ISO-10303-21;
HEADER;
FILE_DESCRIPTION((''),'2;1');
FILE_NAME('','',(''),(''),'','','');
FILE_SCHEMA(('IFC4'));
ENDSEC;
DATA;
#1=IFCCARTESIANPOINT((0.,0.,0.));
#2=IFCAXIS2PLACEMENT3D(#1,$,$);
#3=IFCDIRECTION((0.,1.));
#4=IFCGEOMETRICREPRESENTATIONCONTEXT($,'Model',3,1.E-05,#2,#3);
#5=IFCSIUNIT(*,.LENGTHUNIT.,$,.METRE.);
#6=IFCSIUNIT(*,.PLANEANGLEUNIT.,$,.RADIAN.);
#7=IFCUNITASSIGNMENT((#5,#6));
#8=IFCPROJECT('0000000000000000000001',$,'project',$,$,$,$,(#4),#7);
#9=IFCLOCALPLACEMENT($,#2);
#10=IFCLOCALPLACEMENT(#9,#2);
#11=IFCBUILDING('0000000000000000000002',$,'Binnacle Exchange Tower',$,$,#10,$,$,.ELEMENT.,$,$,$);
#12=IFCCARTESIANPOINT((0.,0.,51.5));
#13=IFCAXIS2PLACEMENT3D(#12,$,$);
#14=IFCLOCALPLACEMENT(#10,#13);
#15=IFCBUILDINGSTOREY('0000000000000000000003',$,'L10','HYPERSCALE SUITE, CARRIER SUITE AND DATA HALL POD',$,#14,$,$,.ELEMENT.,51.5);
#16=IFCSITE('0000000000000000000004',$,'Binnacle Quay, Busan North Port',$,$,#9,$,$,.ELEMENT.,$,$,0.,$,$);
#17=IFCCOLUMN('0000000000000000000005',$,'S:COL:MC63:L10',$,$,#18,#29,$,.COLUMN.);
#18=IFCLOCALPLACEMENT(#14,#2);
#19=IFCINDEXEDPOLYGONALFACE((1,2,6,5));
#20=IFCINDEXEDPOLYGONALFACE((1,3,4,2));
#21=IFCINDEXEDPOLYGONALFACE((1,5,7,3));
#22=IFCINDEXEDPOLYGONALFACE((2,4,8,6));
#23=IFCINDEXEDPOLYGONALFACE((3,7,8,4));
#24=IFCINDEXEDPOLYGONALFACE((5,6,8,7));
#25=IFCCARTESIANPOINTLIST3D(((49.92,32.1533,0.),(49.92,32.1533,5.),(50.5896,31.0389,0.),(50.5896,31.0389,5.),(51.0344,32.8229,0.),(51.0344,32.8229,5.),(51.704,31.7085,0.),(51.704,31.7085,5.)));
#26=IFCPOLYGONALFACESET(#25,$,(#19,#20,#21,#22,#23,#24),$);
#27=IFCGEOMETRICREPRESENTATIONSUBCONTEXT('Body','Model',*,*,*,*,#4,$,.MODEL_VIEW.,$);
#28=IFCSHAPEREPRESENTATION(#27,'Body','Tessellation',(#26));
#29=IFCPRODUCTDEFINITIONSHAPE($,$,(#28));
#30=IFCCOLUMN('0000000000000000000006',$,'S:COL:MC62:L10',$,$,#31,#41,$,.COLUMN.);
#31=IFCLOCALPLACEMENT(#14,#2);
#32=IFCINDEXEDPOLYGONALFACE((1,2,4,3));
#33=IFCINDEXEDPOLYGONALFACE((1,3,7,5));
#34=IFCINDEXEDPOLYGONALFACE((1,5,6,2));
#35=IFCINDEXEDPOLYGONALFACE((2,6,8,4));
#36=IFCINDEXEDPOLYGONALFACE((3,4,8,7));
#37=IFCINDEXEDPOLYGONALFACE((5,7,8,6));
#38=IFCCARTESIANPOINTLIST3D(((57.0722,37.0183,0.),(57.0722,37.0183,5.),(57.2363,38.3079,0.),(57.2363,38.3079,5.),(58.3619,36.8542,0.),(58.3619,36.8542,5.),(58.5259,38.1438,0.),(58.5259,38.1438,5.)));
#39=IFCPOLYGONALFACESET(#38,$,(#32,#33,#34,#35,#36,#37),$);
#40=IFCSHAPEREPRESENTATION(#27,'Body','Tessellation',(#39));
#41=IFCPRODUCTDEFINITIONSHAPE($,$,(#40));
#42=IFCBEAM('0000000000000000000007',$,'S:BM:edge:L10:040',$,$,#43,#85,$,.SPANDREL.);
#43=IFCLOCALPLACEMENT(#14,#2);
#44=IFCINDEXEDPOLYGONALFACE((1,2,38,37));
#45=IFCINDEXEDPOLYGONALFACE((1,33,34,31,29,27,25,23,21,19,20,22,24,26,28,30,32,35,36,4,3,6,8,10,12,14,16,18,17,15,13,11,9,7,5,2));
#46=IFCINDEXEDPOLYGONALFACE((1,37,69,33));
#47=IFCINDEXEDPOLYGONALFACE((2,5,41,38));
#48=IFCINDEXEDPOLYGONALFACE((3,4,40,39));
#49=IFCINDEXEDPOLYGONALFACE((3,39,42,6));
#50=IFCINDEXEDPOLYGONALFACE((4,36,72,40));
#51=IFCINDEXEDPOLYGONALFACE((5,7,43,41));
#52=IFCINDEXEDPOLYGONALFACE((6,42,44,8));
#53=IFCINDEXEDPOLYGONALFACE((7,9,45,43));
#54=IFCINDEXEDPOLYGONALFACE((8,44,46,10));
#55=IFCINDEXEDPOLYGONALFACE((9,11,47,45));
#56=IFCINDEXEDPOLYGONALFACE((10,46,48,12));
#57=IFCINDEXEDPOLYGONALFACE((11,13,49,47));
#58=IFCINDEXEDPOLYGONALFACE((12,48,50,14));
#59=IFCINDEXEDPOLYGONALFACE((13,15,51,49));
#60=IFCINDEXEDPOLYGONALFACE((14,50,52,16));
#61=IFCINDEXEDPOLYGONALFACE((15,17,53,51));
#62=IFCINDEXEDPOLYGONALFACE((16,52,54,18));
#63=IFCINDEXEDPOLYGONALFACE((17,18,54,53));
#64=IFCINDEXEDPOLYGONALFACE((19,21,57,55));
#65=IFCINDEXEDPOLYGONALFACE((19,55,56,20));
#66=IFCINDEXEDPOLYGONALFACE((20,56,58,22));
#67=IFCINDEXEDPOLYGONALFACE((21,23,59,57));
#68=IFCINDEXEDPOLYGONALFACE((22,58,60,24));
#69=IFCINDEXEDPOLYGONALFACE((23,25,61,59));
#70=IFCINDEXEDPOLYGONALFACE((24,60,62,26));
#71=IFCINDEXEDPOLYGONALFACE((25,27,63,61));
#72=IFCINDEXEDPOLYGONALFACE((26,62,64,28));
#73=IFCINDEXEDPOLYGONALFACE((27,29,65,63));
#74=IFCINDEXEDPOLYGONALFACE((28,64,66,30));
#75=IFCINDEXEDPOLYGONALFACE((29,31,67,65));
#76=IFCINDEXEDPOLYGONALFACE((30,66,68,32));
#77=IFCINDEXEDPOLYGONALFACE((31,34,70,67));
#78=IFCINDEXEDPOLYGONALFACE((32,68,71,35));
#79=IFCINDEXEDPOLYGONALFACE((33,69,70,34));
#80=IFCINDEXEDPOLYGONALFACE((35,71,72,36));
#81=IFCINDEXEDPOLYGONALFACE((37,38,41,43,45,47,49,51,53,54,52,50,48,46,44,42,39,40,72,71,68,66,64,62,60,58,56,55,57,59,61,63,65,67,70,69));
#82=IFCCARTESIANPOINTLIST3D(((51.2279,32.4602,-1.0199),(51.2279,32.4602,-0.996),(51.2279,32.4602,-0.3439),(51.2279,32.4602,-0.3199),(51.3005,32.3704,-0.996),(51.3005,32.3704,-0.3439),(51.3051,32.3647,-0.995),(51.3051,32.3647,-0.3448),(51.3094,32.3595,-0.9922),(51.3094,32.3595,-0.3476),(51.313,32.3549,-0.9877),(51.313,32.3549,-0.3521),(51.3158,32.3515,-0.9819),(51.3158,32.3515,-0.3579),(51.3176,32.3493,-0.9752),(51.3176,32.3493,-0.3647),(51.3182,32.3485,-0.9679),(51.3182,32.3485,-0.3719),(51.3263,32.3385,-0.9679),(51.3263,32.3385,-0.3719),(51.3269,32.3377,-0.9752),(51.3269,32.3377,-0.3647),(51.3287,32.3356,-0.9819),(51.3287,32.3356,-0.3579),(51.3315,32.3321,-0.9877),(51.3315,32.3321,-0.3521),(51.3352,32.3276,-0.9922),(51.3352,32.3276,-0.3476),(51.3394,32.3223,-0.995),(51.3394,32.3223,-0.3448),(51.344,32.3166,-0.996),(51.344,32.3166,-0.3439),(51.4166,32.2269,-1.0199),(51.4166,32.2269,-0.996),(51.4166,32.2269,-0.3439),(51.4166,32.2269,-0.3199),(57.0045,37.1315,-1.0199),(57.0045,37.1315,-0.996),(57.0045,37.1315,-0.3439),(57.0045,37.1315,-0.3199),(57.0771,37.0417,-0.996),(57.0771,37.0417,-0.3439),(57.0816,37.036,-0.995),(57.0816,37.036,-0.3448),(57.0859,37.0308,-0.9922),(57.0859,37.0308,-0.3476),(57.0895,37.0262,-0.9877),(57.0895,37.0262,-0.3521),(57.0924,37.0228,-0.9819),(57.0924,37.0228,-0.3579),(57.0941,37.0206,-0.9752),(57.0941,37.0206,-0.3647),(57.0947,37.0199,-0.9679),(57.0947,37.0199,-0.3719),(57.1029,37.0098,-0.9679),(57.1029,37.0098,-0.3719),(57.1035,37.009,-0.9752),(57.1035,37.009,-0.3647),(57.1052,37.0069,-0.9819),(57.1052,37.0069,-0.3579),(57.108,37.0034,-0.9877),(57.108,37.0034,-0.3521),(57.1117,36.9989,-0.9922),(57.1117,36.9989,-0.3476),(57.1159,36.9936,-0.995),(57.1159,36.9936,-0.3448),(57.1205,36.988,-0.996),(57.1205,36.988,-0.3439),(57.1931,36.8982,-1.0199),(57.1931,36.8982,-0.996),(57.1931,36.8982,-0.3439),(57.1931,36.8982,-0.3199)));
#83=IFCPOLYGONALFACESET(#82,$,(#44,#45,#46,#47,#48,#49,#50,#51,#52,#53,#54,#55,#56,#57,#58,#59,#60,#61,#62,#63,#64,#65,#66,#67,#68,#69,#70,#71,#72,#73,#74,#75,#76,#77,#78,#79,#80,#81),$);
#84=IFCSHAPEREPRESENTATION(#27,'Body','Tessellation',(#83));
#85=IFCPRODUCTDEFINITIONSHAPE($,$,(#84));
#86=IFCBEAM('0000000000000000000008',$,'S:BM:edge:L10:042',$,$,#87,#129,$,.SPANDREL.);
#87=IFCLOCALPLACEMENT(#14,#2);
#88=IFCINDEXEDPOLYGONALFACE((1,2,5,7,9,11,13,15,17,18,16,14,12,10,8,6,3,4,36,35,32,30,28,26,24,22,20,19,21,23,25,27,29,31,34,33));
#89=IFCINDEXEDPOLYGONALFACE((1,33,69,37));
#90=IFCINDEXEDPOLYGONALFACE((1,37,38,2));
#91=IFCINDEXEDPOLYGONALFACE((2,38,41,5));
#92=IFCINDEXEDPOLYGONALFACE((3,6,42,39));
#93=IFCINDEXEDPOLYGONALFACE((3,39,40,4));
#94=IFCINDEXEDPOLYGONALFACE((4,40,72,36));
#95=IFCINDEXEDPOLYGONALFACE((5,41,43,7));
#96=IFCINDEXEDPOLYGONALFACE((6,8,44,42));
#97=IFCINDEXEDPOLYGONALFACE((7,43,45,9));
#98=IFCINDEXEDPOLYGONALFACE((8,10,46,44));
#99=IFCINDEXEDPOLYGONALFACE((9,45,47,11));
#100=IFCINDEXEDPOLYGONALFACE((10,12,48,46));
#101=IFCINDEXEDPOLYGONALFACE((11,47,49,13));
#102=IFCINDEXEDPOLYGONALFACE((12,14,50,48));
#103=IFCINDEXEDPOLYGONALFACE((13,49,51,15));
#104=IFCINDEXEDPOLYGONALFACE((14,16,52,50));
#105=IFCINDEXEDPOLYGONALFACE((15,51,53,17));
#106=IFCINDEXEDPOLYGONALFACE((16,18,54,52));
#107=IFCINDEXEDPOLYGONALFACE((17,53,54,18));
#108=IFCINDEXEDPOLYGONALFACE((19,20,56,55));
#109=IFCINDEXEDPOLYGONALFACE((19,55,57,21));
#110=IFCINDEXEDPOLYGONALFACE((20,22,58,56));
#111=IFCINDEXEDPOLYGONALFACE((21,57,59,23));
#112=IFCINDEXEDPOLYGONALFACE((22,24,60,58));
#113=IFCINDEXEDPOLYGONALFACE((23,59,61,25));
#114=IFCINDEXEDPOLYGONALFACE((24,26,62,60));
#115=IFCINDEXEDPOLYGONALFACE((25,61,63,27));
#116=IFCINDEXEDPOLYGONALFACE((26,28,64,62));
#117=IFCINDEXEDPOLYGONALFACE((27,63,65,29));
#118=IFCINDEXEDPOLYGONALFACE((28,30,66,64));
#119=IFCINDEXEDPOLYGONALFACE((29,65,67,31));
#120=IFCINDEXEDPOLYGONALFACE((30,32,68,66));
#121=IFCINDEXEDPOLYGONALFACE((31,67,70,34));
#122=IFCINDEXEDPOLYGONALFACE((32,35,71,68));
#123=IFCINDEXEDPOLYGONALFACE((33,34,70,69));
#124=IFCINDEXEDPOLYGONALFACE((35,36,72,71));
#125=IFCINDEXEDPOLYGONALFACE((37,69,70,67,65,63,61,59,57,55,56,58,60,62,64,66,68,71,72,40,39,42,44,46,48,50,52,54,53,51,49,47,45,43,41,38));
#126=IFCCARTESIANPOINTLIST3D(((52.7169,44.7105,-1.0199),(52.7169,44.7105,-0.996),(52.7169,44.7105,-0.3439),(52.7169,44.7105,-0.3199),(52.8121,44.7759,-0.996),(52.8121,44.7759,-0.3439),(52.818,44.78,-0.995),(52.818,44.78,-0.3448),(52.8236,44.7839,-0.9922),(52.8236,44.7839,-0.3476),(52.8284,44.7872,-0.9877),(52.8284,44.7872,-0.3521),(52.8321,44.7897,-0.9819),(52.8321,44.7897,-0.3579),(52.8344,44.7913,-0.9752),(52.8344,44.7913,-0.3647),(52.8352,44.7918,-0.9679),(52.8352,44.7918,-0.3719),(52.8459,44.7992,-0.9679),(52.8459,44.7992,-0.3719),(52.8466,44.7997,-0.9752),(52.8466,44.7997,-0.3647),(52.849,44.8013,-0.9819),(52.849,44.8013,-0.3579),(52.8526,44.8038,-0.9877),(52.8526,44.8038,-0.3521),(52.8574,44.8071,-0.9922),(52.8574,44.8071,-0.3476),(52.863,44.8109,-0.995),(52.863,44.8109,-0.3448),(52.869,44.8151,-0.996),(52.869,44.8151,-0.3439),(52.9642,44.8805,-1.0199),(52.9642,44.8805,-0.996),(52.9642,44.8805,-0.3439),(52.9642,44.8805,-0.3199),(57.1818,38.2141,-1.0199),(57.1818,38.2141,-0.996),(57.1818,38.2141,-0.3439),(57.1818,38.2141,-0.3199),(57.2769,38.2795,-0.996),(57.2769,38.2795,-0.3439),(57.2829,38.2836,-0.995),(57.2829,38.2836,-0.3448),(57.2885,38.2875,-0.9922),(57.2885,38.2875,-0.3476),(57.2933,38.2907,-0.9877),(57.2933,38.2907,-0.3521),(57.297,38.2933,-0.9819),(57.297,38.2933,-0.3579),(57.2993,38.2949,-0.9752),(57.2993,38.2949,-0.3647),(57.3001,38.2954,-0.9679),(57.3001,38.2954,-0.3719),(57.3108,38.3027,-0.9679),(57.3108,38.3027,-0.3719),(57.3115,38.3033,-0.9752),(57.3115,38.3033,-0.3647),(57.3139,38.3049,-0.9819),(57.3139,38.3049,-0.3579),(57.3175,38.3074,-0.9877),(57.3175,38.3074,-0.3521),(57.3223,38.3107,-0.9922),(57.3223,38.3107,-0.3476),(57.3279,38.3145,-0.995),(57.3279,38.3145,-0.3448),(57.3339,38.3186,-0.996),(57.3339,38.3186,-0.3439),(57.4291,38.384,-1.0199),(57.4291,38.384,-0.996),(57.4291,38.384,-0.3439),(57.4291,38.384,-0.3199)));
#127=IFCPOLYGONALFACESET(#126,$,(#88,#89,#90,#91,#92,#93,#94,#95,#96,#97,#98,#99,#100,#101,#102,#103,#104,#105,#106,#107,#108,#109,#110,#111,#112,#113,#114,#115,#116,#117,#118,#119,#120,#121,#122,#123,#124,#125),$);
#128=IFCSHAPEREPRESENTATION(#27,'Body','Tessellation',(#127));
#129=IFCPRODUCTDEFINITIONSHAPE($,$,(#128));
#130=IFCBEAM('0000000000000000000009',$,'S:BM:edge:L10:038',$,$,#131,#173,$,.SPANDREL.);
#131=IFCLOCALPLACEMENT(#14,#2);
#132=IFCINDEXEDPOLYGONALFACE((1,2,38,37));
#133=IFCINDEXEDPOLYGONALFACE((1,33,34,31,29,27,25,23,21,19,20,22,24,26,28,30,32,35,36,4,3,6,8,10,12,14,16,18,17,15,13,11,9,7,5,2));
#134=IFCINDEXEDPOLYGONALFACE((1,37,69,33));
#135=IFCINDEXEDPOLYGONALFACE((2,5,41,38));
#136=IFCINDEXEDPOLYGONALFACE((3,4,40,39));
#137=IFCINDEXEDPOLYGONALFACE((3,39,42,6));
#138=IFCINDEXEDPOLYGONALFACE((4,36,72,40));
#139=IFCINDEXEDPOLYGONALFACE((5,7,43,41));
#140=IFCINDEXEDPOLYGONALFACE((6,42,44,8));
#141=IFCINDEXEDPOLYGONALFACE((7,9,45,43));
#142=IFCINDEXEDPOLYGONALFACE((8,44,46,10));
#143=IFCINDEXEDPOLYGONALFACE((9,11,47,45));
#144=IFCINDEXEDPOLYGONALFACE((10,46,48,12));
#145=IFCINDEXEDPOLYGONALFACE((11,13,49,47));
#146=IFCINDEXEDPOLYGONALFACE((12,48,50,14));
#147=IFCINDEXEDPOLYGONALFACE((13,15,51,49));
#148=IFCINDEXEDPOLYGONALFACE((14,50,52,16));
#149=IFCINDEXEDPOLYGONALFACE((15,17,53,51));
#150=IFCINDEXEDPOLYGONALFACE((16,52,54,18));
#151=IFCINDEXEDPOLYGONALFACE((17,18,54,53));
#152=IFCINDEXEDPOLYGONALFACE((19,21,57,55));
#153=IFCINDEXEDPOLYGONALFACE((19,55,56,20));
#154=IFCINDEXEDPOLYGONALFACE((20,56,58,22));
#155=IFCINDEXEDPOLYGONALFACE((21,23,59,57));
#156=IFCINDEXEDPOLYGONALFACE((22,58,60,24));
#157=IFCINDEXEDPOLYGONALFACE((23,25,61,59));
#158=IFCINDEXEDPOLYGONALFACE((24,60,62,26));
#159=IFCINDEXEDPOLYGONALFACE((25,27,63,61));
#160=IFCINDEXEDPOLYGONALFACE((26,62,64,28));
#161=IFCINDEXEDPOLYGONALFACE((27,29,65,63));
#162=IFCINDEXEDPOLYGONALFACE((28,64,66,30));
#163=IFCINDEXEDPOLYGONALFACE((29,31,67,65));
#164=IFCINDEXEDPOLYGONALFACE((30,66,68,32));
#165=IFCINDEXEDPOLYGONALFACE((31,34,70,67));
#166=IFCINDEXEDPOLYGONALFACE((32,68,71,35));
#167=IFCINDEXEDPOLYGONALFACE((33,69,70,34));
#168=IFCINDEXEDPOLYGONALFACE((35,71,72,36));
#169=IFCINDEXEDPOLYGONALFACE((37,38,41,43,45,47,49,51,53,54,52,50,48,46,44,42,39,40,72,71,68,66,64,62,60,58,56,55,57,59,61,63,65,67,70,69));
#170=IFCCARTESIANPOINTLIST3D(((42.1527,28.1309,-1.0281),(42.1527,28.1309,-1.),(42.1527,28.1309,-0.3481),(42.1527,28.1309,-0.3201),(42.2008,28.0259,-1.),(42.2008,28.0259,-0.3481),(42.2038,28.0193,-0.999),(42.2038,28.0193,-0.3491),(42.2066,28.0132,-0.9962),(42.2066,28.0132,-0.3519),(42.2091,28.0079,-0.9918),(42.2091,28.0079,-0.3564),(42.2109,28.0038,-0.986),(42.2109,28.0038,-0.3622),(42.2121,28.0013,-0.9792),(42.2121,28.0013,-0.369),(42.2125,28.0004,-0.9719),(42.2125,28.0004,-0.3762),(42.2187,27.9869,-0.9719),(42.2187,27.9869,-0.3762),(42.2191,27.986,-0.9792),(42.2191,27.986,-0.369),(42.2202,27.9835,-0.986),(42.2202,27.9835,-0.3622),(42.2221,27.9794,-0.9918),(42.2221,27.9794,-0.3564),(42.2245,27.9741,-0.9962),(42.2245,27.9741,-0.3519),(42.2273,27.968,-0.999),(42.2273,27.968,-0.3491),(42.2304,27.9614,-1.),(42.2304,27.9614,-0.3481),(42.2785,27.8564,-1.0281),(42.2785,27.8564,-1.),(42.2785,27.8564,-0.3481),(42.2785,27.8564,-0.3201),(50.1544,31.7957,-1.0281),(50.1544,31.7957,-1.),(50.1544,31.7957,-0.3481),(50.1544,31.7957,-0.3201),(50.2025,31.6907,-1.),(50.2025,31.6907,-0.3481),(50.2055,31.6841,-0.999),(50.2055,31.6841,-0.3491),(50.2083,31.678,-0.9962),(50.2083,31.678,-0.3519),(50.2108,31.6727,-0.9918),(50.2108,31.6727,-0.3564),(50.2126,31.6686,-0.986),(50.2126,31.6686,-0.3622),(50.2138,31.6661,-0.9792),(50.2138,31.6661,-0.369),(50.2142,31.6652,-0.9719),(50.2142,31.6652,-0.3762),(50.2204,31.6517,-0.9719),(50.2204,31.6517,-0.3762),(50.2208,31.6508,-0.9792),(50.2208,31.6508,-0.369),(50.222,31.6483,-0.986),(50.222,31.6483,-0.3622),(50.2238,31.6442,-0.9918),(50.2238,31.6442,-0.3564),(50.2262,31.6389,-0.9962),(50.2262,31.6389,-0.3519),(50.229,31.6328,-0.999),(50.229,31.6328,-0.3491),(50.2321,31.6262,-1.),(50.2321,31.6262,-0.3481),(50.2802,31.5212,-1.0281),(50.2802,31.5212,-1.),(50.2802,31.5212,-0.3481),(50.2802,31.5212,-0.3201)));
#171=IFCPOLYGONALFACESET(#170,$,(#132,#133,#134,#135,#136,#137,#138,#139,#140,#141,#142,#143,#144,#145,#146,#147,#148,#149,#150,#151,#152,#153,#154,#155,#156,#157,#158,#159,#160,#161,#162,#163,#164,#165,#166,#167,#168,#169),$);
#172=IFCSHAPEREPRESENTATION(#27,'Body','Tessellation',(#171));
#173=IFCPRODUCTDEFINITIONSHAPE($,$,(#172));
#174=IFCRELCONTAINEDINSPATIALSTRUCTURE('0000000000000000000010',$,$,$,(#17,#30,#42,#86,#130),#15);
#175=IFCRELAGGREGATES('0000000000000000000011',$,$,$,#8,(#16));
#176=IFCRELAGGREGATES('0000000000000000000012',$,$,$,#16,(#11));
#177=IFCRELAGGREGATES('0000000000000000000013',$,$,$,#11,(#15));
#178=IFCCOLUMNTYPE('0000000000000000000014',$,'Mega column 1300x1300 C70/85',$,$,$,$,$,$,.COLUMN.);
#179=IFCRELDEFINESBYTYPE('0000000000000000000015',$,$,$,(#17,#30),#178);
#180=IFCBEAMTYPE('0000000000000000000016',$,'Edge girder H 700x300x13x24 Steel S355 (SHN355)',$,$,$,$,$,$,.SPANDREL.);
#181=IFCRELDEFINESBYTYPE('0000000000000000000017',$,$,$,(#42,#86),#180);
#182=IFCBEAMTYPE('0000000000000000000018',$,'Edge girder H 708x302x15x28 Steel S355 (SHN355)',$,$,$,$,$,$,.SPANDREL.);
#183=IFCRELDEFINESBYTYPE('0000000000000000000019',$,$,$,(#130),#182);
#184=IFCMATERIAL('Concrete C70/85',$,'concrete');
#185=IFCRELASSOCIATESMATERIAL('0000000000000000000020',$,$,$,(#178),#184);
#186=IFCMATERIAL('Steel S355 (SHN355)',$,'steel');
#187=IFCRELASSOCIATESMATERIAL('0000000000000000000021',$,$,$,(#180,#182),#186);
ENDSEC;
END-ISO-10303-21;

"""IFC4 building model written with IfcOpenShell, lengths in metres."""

from ifc_helpers import new_model, si_unit, direction, frame, origin, origin_2d, place, context, subcontext, project, spatial, rectangle, i_section, extrude, material, material_profile, profile_set, type_object, element, save


model = new_model("IFC4")

# Units and contexts
model_context = context("Model", 3, precision=1e-05, world=origin(), true_north=direction((0.0, 1.0)))
body_context = subcontext(model_context, "Body", "Model", "MODEL_VIEW")
ifc_project = project(units=[si_unit("LENGTHUNIT", "METRE"), si_unit("PLANEANGLEUNIT", "RADIAN")], contexts=[model_context])

# Site, building, storey
site_placement = place(None, origin())
site = spatial("IfcSite", under=ifc_project, at=site_placement, Name="Binnacle Quay, Busan North Port", CompositionType="ELEMENT", RefElevation=0.0)
building_placement = place(site_placement, origin())
building = spatial("IfcBuilding", under=site, at=building_placement, Name="Binnacle Exchange Tower", CompositionType="ELEMENT")
storey_placement = place(building_placement, frame((0.0, 0.0, 51.5)))
storey = spatial("IfcBuildingStorey", under=building, at=storey_placement, Name="L10", Description="HYPERSCALE SUITE, CARRIER SUITE AND DATA HALL POD", CompositionType="ELEMENT", Elevation=51.5)

# Columns
ifc_material_1 = material(Name="Concrete C70/85", Category="concrete")
ifc_material_profile_1 = material_profile(ifc_material_1, rectangle(XDim=1.3, YDim=1.3, at=origin_2d()), Name="Mega column 1300x1300 C70/85")
ifc_profile_set_1 = profile_set([ifc_material_profile_1], Name="Concrete C70/85")
column_type = type_object("IfcColumnType", Name="Mega column 1300x1300 C70/85", PredefinedType="COLUMN", material=ifc_profile_set_1)
for number, where, z_axis, x_axis, name in (
    (1, (50.812, 31.9309, 0.0), (0.0, 0.0, 1.0), (0.857167, 0.515038, 0.0), "S:COL:MC63:L10"),
    (2, (57.7991, 37.5811, 0.0), (0.0, 0.0, 1.0), (0.126199, 0.992005, 0.0), "S:COL:MC62:L10"),
):
    element("IfcColumn", number, at=place(storey_placement, frame(where, z_axis=z_axis, x_axis=x_axis)), inside=storey, type_object=column_type, Name=name, PredefinedType="COLUMN", context=body_context, shape_type="SweptSolid", body=[
        extrude(rectangle(XDim=1.3, YDim=1.3, at=origin_2d()), origin(), (0.0, 0.0, 1.0), 5.0),
    ])

# Beams
ifc_material_2 = material(Name="Steel S355 (SHN355)", Category="steel")
ifc_material_profile_2 = material_profile(ifc_material_2, i_section(OverallWidth=0.3, OverallDepth=0.7, WebThickness=0.0129, FlangeThickness=0.0239, FilletRadius=0.0281, at=origin_2d()), Name="H 700x300x13x24")
ifc_profile_set_2 = profile_set([ifc_material_profile_2], Name="Steel S355 (SHN355)")
beam_type_1 = type_object("IfcBeamType", Name="Edge girder H 700x300x13x24 Steel S355 (SHN355)", PredefinedType="SPANDREL", material=ifc_profile_set_2)
beam_1_placement = place(storey_placement, frame((51.3223, 32.3435, -0.6699), z_axis=(0.777568, 0.628798, 0.0), x_axis=(-0.628798, 0.777568, 0.0)))
element("IfcBeam", 3, at=beam_1_placement, inside=storey, type_object=beam_type_1, Name="S:BM:edge:L10:040", PredefinedType="SPANDREL", context=body_context, shape_type="SweptSolid", body=[
    extrude(i_section(OverallWidth=0.3, OverallDepth=0.7, WebThickness=0.0129, FlangeThickness=0.0239, FilletRadius=0.0281, at=origin_2d()), origin(), (0.0, 0.0, 1.0), 7.429),
])
beam_2_placement = place(storey_placement, frame((57.3054, 38.2991, -0.6699), z_axis=(-0.566409, 0.824124, 0.0), x_axis=(-0.824124, -0.566409, 0.0)))
element("IfcBeam", 4, at=beam_2_placement, inside=storey, type_object=beam_type_1, Name="S:BM:edge:L10:042", PredefinedType="SPANDREL", context=body_context, shape_type="SweptSolid", body=[
    extrude(i_section(OverallWidth=0.3, OverallDepth=0.7, WebThickness=0.0129, FlangeThickness=0.0239, FilletRadius=0.0281, at=origin_2d()), origin(), (0.0, 0.0, 1.0), 7.8828),
])
ifc_material_profile_3 = material_profile(ifc_material_2, i_section(OverallWidth=0.302, OverallDepth=0.708, WebThickness=0.0149, FlangeThickness=0.0281, FilletRadius=0.0281, at=origin_2d()), Name="H 708x302x15x28")
ifc_profile_set_3 = profile_set([ifc_material_profile_3], Name="Steel S355 (SHN355)")
beam_type_2 = type_object("IfcBeamType", Name="Edge girder H 708x302x15x28 Steel S355 (SHN355)", PredefinedType="SPANDREL", material=ifc_profile_set_3)
beam_3_placement = place(storey_placement, frame((42.2156, 27.9937, -0.6741), z_axis=(0.909179, 0.416405, 0.0), x_axis=(-0.416405, 0.909179, 0.0)))
element("IfcBeam", 5, at=beam_3_placement, inside=storey, type_object=beam_type_2, Name="S:BM:edge:L10:038", PredefinedType="SPANDREL", context=body_context, shape_type="SweptSolid", body=[
    extrude(i_section(OverallWidth=0.302, OverallDepth=0.708, WebThickness=0.0149, FlangeThickness=0.0281, FilletRadius=0.0281, at=origin_2d()), origin(), (0.0, 0.0, 1.0), 8.801),
])

save(model, "model.ifc")
